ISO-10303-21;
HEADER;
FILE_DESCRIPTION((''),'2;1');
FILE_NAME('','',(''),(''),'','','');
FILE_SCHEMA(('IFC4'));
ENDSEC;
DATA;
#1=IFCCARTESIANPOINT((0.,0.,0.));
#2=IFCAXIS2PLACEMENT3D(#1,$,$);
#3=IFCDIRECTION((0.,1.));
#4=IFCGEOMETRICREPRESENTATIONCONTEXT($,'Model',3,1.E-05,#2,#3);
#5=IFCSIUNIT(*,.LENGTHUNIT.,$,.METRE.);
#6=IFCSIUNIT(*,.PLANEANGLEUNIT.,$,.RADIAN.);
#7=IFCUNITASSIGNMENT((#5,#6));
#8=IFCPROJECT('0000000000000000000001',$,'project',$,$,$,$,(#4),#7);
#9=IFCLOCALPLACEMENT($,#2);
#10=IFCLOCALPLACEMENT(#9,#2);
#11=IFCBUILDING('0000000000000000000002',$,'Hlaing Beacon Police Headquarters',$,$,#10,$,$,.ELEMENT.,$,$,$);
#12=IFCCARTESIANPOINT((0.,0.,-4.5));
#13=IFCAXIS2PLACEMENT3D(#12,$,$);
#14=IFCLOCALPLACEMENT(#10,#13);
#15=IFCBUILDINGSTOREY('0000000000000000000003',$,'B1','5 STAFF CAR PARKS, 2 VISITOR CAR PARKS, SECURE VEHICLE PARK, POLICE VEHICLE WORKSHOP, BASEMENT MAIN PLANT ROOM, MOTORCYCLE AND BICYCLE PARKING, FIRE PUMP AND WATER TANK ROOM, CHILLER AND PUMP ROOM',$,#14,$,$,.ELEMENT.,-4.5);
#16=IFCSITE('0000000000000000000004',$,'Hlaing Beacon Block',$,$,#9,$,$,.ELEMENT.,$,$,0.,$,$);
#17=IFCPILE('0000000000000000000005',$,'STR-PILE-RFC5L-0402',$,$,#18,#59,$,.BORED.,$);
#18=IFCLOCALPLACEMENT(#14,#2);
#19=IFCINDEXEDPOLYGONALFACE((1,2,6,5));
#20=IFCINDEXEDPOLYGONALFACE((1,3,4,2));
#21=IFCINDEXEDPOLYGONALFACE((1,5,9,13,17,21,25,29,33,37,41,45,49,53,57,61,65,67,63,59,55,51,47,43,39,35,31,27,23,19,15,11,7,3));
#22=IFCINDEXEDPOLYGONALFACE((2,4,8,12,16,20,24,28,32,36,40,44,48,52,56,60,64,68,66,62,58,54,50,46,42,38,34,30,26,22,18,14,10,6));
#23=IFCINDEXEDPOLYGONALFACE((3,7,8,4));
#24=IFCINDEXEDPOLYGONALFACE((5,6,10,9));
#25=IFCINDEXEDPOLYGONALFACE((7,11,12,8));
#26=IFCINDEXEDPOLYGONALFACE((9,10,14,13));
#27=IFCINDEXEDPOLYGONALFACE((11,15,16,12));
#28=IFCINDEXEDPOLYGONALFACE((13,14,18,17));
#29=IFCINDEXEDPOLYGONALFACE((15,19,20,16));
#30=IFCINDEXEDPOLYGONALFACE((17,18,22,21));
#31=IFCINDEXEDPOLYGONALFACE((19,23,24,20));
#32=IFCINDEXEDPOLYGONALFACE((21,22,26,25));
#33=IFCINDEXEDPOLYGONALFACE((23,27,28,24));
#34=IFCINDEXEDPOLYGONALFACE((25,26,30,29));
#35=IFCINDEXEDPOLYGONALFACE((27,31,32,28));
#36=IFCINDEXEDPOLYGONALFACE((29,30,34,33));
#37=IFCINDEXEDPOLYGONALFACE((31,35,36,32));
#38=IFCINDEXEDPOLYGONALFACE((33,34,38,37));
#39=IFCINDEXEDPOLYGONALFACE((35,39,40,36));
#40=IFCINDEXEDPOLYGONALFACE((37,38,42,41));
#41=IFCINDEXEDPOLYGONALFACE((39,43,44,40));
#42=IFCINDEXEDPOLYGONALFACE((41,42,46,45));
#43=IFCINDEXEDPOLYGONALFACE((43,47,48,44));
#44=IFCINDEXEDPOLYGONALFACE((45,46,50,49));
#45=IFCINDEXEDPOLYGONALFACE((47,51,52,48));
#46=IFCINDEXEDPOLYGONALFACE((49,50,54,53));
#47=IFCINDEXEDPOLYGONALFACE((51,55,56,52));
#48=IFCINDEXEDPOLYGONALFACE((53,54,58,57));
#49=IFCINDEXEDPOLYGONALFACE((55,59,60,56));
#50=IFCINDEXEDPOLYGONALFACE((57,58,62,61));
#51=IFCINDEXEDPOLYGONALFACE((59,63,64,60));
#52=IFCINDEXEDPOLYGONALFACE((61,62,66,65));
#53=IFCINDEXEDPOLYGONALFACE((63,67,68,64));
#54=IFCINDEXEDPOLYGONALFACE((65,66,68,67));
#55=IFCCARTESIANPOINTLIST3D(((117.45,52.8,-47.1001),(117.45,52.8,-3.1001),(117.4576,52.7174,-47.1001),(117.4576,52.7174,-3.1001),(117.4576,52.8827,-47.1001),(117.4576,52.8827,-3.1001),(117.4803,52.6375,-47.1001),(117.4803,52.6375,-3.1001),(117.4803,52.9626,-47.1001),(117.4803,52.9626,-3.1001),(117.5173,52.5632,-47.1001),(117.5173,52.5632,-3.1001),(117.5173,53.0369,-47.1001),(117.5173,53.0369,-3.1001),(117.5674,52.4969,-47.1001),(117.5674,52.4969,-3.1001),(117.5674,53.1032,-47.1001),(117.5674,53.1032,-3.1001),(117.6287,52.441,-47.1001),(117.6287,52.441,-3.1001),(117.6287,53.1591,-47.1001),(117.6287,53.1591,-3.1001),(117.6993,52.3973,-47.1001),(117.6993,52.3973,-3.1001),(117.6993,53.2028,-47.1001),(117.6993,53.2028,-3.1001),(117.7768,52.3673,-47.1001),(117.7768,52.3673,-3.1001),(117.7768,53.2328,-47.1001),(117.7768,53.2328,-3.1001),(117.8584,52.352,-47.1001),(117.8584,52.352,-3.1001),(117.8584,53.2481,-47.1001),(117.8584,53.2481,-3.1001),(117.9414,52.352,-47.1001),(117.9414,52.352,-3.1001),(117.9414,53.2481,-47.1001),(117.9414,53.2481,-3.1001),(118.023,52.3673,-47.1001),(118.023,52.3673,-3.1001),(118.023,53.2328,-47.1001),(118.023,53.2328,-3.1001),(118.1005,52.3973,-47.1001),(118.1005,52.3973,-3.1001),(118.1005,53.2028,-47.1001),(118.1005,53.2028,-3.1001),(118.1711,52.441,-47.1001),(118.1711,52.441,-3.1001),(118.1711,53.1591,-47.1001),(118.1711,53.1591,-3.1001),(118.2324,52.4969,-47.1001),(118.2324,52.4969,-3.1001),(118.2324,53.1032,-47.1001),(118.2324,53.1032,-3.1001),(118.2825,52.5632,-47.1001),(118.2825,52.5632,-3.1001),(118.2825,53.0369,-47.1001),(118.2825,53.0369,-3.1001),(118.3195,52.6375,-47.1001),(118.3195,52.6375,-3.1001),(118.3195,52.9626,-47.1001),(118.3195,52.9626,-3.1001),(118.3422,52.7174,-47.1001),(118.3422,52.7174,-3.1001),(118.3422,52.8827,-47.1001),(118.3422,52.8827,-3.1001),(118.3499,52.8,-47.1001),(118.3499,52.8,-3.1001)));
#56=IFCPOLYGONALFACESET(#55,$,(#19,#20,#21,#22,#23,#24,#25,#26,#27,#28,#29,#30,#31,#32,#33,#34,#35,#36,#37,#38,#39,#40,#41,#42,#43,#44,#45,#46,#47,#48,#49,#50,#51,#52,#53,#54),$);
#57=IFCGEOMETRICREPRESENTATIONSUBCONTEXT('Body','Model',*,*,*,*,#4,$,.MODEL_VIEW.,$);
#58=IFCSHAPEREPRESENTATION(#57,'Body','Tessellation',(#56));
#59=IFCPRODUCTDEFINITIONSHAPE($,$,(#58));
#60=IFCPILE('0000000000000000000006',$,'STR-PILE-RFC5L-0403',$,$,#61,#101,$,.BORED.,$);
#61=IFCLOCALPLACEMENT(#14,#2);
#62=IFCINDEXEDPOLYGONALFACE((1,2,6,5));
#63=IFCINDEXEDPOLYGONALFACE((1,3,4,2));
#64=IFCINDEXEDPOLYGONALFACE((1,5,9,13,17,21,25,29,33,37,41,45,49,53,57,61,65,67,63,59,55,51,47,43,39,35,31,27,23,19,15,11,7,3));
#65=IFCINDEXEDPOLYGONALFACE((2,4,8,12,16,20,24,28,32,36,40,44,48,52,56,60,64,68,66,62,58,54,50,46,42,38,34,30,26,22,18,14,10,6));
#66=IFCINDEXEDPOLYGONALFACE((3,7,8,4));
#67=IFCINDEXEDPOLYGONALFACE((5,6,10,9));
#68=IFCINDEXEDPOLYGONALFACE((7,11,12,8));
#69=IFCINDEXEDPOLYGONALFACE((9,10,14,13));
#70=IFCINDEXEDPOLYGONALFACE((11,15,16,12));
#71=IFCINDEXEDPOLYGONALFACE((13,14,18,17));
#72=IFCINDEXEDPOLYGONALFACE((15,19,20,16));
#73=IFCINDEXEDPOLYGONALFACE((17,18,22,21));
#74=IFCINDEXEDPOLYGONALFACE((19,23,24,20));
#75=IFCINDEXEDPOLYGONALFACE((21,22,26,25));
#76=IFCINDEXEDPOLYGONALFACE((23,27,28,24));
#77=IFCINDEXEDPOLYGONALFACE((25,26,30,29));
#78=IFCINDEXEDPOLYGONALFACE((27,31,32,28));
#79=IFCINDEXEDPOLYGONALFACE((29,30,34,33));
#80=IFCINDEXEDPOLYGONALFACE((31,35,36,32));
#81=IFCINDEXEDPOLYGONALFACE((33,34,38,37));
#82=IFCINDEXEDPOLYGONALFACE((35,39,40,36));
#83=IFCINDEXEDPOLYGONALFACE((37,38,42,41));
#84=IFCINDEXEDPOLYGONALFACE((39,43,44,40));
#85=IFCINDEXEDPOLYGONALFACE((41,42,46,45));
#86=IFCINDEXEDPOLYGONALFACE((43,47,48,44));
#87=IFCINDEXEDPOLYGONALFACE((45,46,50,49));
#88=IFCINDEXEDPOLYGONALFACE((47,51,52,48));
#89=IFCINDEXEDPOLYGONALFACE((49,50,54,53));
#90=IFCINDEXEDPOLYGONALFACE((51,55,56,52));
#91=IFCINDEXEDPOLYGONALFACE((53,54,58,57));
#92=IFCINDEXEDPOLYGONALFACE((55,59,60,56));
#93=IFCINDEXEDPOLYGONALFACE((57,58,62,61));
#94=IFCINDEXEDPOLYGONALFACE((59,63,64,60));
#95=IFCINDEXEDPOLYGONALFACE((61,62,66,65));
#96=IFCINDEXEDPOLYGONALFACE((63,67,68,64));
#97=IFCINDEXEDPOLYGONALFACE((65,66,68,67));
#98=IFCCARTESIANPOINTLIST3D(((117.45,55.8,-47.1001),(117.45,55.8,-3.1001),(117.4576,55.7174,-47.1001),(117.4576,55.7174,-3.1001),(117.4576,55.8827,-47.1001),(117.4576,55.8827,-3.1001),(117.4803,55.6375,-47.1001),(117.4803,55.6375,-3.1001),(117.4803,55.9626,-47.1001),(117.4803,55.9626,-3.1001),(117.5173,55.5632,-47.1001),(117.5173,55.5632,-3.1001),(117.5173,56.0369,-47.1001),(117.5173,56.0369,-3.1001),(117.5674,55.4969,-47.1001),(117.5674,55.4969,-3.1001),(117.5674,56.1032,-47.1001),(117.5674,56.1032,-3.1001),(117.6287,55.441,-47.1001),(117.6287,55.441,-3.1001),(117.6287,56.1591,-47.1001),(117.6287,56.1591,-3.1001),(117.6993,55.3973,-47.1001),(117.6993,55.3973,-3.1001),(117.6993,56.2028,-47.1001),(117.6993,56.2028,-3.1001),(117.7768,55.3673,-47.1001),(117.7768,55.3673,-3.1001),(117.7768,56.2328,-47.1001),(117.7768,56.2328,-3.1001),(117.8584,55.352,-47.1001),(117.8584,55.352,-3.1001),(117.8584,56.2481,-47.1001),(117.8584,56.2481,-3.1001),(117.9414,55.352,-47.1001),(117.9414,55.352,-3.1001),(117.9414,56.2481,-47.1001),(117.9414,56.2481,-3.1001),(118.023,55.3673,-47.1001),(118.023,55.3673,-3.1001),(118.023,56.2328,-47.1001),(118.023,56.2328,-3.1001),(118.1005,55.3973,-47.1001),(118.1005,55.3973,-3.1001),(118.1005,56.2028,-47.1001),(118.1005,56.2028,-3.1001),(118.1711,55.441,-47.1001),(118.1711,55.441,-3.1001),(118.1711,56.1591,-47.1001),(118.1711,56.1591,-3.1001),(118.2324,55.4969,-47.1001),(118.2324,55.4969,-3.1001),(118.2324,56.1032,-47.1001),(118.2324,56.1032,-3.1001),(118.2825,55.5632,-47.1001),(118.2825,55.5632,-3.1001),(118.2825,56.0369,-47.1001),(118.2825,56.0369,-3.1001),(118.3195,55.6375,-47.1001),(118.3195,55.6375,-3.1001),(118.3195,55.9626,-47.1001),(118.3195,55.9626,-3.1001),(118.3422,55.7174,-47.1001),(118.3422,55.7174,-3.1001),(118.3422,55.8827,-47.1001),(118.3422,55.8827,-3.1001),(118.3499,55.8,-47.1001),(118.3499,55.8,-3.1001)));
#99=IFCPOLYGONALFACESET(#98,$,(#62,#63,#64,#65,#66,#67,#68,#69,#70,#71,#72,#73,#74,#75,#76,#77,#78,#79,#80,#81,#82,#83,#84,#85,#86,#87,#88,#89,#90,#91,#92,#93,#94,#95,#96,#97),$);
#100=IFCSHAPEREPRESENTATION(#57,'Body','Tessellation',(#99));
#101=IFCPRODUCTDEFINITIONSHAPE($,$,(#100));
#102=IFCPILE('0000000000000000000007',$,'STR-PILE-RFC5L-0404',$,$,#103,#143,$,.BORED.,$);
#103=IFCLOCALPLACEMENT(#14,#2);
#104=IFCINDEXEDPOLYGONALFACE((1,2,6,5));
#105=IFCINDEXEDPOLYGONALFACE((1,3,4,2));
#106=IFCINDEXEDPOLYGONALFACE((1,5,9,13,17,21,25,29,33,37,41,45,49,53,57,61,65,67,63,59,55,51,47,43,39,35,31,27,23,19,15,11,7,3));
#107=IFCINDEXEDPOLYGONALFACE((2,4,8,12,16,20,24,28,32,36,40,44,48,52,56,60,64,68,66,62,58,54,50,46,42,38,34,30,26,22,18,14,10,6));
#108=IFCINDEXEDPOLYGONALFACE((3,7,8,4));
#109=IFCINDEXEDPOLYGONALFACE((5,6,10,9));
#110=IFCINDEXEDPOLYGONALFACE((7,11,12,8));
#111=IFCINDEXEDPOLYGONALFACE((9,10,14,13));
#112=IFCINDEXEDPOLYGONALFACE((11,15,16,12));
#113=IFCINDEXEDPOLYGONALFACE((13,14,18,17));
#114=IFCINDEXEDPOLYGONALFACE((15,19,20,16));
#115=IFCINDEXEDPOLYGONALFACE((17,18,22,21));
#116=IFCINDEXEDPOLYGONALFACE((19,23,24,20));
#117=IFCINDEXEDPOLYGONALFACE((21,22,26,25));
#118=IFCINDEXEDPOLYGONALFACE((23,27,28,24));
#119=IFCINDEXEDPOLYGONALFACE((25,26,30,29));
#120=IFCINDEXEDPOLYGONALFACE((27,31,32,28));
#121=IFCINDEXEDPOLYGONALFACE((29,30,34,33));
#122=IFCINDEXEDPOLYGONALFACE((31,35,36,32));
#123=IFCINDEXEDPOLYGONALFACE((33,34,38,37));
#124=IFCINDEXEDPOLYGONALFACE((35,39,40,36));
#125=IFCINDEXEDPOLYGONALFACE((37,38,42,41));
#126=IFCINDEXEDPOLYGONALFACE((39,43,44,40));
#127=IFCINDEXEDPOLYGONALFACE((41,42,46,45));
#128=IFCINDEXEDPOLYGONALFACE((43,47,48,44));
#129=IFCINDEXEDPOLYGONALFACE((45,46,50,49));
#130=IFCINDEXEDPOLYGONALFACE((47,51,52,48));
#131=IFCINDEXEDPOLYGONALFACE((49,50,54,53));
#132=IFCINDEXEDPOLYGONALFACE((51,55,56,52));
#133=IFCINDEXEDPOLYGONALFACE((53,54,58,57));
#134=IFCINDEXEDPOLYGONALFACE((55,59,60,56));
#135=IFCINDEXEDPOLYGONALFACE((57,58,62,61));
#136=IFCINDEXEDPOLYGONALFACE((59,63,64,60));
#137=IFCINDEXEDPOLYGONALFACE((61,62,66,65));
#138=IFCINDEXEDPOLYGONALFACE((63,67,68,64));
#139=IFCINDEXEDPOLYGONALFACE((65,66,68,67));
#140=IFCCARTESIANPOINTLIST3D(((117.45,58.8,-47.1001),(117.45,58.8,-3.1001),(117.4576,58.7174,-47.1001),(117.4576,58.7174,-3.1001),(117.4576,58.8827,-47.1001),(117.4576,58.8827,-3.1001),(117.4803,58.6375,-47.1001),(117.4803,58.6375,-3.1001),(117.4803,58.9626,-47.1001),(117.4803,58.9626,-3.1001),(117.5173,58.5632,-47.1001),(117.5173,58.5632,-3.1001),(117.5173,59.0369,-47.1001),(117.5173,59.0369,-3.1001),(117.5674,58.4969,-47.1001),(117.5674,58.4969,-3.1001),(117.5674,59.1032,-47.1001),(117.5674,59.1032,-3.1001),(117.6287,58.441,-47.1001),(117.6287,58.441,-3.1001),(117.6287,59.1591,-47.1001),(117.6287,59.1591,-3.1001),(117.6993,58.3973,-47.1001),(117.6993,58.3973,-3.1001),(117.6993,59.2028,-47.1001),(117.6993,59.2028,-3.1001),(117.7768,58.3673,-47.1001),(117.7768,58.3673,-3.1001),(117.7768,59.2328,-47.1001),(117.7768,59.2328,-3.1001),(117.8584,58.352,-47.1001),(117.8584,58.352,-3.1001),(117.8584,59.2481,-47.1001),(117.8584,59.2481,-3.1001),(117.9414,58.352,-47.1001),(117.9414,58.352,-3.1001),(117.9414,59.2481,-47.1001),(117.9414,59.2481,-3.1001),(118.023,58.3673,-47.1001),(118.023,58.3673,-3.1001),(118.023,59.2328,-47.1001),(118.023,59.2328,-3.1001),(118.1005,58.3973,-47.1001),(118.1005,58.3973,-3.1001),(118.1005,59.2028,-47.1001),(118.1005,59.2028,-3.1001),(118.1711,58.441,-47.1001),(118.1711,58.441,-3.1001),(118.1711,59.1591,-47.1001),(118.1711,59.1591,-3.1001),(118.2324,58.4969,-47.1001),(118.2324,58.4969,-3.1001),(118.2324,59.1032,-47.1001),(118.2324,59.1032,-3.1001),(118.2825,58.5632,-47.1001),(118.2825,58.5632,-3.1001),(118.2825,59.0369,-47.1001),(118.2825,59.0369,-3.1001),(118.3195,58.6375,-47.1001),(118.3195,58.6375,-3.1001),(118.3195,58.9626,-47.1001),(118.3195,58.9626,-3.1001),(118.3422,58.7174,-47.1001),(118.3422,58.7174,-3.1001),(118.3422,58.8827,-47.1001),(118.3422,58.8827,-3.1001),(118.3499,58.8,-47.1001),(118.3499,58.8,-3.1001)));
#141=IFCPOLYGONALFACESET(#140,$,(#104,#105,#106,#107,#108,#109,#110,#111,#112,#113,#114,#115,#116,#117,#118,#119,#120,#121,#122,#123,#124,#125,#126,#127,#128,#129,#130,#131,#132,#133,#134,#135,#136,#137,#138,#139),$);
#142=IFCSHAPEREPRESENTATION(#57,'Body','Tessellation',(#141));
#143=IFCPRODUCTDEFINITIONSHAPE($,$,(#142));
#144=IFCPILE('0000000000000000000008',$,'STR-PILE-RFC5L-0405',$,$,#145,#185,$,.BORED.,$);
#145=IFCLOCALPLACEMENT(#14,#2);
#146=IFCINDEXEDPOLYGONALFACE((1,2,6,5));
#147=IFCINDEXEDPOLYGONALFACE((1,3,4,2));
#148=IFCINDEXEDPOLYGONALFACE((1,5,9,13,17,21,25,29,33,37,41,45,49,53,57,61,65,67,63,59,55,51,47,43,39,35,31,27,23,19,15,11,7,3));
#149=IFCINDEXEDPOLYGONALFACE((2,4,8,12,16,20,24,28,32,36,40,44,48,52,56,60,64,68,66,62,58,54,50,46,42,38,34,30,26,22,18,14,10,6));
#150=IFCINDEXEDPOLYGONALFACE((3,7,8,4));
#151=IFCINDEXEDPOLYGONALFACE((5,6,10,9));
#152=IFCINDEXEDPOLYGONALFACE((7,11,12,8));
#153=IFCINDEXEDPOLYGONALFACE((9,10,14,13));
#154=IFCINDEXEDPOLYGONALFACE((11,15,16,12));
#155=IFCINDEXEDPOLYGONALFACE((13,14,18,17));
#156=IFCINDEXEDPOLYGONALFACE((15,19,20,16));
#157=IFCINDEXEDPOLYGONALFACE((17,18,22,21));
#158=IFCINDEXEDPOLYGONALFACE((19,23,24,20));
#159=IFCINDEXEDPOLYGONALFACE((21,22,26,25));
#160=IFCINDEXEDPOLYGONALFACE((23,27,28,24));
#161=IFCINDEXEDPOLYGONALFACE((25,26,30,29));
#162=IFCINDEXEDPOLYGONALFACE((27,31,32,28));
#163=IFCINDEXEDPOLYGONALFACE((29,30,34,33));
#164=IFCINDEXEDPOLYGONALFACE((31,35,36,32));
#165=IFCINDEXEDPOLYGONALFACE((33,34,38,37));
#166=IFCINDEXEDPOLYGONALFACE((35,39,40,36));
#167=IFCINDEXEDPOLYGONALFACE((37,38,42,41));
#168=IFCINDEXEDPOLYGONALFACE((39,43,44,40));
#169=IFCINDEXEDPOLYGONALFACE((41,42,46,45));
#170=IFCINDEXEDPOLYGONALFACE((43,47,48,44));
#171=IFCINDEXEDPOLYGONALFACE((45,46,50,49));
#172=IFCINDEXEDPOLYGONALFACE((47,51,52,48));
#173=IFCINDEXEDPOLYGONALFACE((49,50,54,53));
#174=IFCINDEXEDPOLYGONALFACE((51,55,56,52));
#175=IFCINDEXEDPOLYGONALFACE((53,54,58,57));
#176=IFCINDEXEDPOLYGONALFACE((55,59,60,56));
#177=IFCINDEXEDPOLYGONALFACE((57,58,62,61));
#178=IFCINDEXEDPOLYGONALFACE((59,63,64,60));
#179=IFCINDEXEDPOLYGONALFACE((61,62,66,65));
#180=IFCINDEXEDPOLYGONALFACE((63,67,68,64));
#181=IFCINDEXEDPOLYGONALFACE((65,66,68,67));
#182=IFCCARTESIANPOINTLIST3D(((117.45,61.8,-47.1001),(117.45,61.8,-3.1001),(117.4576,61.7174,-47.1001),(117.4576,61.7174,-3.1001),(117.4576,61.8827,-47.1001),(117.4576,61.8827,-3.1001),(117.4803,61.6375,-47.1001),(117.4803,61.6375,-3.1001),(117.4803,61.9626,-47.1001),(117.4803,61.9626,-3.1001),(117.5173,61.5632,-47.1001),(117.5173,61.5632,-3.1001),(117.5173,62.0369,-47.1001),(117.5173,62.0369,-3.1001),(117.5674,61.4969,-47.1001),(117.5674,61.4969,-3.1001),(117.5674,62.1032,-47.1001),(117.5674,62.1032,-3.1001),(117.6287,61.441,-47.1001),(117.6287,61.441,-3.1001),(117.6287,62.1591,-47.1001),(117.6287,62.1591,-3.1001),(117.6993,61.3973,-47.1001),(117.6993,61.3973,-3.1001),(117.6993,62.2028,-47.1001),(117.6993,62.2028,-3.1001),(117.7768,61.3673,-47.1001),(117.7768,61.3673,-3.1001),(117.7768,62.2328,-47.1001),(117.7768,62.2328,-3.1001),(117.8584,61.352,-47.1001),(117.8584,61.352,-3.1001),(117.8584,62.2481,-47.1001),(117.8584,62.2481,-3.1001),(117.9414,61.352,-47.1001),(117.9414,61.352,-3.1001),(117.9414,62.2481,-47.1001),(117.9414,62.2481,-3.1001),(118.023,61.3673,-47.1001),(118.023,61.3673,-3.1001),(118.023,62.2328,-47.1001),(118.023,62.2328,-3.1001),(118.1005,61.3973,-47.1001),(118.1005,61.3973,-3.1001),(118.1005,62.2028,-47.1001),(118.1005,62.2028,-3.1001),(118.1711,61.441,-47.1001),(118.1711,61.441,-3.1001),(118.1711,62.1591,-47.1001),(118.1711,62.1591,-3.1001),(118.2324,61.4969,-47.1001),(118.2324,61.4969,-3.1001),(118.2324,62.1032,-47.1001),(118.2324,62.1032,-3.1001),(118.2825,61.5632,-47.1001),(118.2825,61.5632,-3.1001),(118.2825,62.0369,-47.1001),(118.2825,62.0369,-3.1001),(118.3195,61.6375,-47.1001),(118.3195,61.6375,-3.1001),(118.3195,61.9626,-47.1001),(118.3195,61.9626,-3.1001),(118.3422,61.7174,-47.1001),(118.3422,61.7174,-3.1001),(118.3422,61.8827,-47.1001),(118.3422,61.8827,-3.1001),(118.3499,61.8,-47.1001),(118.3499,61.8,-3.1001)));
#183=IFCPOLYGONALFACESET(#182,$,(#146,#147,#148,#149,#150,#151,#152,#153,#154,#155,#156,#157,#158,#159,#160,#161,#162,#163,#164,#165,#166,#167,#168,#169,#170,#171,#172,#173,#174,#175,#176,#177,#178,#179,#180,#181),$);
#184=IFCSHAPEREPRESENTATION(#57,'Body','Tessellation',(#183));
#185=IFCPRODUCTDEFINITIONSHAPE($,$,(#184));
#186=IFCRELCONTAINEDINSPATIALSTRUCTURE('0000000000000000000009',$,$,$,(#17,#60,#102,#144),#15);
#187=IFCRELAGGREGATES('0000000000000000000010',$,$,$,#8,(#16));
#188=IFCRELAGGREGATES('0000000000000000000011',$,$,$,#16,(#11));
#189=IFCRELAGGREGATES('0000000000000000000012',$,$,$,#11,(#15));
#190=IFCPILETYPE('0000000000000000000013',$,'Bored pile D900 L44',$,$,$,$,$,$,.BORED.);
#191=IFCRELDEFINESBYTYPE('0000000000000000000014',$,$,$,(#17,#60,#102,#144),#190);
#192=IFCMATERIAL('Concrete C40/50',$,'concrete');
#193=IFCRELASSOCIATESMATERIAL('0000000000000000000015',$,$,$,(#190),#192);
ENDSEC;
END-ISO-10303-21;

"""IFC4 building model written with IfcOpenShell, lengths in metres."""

from ifc_helpers import new_model, si_unit, direction, frame, origin, origin_2d, place, context, subcontext, project, spatial, circle, extrude, material, material_profile, profile_set, type_object, element, save


model = new_model("IFC4")

# Units and contexts
model_context = context("Model", 3, precision=1e-05, world=origin(), true_north=direction((0.0, 1.0)))
body_context = subcontext(model_context, "Body", "Model", "MODEL_VIEW")
ifc_project = project(units=[si_unit("LENGTHUNIT", "METRE"), si_unit("PLANEANGLEUNIT", "RADIAN")], contexts=[model_context])

# Site, building, storey
site_placement = place(None, origin())
site = spatial("IfcSite", under=ifc_project, at=site_placement, Name="Hlaing Beacon Block", CompositionType="ELEMENT", RefElevation=0.0)
building_placement = place(site_placement, origin())
building = spatial("IfcBuilding", under=site, at=building_placement, Name="Hlaing Beacon Police Headquarters", CompositionType="ELEMENT")
storey_placement = place(building_placement, frame((0.0, 0.0, -4.5)))
storey = spatial("IfcBuildingStorey", under=building, at=storey_placement, Name="B1", Description="5 STAFF CAR PARKS, 2 VISITOR CAR PARKS, SECURE VEHICLE PARK, POLICE VEHICLE WORKSHOP, BASEMENT MAIN PLANT ROOM, MOTORCYCLE AND BICYCLE PARKING, FIRE PUMP AND WATER TANK ROOM, CHILLER AND PUMP ROOM", CompositionType="ELEMENT", Elevation=-4.5)

# Piles
ifc_material_1 = material(Name="Concrete C40/50", Category="concrete")
ifc_material_profile = material_profile(ifc_material_1, circle(Radius=0.45, at=origin_2d()), Name="D900")
ifc_profile_set = profile_set([ifc_material_profile], Name="Concrete C40/50")
pile_type = type_object("IfcPileType", Name="Bored pile D900 L44", PredefinedType="BORED", material=ifc_profile_set)
for number, where, z_axis, x_axis, name in (
    (1, (117.8999, 52.8, -3.1001), (0.0, 0.0, -1.0), (1.0, 0.0, 0.0), "STR-PILE-RFC5L-0402"),
    (2, (117.8999, 55.8, -3.1001), (0.0, 0.0, -1.0), (1.0, 0.0, 0.0), "STR-PILE-RFC5L-0403"),
    (3, (117.8999, 58.8, -3.1001), (0.0, 0.0, -1.0), (1.0, 0.0, 0.0), "STR-PILE-RFC5L-0404"),
    (4, (117.8999, 61.8, -3.1001), (0.0, 0.0, -1.0), (1.0, 0.0, 0.0), "STR-PILE-RFC5L-0405"),
):
    element("IfcPile", number, at=place(storey_placement, frame(where, z_axis=z_axis, x_axis=x_axis)), inside=storey, type_object=pile_type, Name=name, PredefinedType="BORED", context=body_context, shape_type="SweptSolid", body=[
        extrude(circle(Radius=0.45, at=origin_2d()), origin(), (0.0, 0.0, 1.0), 44.0),
    ])

save(model, "model.ifc")
